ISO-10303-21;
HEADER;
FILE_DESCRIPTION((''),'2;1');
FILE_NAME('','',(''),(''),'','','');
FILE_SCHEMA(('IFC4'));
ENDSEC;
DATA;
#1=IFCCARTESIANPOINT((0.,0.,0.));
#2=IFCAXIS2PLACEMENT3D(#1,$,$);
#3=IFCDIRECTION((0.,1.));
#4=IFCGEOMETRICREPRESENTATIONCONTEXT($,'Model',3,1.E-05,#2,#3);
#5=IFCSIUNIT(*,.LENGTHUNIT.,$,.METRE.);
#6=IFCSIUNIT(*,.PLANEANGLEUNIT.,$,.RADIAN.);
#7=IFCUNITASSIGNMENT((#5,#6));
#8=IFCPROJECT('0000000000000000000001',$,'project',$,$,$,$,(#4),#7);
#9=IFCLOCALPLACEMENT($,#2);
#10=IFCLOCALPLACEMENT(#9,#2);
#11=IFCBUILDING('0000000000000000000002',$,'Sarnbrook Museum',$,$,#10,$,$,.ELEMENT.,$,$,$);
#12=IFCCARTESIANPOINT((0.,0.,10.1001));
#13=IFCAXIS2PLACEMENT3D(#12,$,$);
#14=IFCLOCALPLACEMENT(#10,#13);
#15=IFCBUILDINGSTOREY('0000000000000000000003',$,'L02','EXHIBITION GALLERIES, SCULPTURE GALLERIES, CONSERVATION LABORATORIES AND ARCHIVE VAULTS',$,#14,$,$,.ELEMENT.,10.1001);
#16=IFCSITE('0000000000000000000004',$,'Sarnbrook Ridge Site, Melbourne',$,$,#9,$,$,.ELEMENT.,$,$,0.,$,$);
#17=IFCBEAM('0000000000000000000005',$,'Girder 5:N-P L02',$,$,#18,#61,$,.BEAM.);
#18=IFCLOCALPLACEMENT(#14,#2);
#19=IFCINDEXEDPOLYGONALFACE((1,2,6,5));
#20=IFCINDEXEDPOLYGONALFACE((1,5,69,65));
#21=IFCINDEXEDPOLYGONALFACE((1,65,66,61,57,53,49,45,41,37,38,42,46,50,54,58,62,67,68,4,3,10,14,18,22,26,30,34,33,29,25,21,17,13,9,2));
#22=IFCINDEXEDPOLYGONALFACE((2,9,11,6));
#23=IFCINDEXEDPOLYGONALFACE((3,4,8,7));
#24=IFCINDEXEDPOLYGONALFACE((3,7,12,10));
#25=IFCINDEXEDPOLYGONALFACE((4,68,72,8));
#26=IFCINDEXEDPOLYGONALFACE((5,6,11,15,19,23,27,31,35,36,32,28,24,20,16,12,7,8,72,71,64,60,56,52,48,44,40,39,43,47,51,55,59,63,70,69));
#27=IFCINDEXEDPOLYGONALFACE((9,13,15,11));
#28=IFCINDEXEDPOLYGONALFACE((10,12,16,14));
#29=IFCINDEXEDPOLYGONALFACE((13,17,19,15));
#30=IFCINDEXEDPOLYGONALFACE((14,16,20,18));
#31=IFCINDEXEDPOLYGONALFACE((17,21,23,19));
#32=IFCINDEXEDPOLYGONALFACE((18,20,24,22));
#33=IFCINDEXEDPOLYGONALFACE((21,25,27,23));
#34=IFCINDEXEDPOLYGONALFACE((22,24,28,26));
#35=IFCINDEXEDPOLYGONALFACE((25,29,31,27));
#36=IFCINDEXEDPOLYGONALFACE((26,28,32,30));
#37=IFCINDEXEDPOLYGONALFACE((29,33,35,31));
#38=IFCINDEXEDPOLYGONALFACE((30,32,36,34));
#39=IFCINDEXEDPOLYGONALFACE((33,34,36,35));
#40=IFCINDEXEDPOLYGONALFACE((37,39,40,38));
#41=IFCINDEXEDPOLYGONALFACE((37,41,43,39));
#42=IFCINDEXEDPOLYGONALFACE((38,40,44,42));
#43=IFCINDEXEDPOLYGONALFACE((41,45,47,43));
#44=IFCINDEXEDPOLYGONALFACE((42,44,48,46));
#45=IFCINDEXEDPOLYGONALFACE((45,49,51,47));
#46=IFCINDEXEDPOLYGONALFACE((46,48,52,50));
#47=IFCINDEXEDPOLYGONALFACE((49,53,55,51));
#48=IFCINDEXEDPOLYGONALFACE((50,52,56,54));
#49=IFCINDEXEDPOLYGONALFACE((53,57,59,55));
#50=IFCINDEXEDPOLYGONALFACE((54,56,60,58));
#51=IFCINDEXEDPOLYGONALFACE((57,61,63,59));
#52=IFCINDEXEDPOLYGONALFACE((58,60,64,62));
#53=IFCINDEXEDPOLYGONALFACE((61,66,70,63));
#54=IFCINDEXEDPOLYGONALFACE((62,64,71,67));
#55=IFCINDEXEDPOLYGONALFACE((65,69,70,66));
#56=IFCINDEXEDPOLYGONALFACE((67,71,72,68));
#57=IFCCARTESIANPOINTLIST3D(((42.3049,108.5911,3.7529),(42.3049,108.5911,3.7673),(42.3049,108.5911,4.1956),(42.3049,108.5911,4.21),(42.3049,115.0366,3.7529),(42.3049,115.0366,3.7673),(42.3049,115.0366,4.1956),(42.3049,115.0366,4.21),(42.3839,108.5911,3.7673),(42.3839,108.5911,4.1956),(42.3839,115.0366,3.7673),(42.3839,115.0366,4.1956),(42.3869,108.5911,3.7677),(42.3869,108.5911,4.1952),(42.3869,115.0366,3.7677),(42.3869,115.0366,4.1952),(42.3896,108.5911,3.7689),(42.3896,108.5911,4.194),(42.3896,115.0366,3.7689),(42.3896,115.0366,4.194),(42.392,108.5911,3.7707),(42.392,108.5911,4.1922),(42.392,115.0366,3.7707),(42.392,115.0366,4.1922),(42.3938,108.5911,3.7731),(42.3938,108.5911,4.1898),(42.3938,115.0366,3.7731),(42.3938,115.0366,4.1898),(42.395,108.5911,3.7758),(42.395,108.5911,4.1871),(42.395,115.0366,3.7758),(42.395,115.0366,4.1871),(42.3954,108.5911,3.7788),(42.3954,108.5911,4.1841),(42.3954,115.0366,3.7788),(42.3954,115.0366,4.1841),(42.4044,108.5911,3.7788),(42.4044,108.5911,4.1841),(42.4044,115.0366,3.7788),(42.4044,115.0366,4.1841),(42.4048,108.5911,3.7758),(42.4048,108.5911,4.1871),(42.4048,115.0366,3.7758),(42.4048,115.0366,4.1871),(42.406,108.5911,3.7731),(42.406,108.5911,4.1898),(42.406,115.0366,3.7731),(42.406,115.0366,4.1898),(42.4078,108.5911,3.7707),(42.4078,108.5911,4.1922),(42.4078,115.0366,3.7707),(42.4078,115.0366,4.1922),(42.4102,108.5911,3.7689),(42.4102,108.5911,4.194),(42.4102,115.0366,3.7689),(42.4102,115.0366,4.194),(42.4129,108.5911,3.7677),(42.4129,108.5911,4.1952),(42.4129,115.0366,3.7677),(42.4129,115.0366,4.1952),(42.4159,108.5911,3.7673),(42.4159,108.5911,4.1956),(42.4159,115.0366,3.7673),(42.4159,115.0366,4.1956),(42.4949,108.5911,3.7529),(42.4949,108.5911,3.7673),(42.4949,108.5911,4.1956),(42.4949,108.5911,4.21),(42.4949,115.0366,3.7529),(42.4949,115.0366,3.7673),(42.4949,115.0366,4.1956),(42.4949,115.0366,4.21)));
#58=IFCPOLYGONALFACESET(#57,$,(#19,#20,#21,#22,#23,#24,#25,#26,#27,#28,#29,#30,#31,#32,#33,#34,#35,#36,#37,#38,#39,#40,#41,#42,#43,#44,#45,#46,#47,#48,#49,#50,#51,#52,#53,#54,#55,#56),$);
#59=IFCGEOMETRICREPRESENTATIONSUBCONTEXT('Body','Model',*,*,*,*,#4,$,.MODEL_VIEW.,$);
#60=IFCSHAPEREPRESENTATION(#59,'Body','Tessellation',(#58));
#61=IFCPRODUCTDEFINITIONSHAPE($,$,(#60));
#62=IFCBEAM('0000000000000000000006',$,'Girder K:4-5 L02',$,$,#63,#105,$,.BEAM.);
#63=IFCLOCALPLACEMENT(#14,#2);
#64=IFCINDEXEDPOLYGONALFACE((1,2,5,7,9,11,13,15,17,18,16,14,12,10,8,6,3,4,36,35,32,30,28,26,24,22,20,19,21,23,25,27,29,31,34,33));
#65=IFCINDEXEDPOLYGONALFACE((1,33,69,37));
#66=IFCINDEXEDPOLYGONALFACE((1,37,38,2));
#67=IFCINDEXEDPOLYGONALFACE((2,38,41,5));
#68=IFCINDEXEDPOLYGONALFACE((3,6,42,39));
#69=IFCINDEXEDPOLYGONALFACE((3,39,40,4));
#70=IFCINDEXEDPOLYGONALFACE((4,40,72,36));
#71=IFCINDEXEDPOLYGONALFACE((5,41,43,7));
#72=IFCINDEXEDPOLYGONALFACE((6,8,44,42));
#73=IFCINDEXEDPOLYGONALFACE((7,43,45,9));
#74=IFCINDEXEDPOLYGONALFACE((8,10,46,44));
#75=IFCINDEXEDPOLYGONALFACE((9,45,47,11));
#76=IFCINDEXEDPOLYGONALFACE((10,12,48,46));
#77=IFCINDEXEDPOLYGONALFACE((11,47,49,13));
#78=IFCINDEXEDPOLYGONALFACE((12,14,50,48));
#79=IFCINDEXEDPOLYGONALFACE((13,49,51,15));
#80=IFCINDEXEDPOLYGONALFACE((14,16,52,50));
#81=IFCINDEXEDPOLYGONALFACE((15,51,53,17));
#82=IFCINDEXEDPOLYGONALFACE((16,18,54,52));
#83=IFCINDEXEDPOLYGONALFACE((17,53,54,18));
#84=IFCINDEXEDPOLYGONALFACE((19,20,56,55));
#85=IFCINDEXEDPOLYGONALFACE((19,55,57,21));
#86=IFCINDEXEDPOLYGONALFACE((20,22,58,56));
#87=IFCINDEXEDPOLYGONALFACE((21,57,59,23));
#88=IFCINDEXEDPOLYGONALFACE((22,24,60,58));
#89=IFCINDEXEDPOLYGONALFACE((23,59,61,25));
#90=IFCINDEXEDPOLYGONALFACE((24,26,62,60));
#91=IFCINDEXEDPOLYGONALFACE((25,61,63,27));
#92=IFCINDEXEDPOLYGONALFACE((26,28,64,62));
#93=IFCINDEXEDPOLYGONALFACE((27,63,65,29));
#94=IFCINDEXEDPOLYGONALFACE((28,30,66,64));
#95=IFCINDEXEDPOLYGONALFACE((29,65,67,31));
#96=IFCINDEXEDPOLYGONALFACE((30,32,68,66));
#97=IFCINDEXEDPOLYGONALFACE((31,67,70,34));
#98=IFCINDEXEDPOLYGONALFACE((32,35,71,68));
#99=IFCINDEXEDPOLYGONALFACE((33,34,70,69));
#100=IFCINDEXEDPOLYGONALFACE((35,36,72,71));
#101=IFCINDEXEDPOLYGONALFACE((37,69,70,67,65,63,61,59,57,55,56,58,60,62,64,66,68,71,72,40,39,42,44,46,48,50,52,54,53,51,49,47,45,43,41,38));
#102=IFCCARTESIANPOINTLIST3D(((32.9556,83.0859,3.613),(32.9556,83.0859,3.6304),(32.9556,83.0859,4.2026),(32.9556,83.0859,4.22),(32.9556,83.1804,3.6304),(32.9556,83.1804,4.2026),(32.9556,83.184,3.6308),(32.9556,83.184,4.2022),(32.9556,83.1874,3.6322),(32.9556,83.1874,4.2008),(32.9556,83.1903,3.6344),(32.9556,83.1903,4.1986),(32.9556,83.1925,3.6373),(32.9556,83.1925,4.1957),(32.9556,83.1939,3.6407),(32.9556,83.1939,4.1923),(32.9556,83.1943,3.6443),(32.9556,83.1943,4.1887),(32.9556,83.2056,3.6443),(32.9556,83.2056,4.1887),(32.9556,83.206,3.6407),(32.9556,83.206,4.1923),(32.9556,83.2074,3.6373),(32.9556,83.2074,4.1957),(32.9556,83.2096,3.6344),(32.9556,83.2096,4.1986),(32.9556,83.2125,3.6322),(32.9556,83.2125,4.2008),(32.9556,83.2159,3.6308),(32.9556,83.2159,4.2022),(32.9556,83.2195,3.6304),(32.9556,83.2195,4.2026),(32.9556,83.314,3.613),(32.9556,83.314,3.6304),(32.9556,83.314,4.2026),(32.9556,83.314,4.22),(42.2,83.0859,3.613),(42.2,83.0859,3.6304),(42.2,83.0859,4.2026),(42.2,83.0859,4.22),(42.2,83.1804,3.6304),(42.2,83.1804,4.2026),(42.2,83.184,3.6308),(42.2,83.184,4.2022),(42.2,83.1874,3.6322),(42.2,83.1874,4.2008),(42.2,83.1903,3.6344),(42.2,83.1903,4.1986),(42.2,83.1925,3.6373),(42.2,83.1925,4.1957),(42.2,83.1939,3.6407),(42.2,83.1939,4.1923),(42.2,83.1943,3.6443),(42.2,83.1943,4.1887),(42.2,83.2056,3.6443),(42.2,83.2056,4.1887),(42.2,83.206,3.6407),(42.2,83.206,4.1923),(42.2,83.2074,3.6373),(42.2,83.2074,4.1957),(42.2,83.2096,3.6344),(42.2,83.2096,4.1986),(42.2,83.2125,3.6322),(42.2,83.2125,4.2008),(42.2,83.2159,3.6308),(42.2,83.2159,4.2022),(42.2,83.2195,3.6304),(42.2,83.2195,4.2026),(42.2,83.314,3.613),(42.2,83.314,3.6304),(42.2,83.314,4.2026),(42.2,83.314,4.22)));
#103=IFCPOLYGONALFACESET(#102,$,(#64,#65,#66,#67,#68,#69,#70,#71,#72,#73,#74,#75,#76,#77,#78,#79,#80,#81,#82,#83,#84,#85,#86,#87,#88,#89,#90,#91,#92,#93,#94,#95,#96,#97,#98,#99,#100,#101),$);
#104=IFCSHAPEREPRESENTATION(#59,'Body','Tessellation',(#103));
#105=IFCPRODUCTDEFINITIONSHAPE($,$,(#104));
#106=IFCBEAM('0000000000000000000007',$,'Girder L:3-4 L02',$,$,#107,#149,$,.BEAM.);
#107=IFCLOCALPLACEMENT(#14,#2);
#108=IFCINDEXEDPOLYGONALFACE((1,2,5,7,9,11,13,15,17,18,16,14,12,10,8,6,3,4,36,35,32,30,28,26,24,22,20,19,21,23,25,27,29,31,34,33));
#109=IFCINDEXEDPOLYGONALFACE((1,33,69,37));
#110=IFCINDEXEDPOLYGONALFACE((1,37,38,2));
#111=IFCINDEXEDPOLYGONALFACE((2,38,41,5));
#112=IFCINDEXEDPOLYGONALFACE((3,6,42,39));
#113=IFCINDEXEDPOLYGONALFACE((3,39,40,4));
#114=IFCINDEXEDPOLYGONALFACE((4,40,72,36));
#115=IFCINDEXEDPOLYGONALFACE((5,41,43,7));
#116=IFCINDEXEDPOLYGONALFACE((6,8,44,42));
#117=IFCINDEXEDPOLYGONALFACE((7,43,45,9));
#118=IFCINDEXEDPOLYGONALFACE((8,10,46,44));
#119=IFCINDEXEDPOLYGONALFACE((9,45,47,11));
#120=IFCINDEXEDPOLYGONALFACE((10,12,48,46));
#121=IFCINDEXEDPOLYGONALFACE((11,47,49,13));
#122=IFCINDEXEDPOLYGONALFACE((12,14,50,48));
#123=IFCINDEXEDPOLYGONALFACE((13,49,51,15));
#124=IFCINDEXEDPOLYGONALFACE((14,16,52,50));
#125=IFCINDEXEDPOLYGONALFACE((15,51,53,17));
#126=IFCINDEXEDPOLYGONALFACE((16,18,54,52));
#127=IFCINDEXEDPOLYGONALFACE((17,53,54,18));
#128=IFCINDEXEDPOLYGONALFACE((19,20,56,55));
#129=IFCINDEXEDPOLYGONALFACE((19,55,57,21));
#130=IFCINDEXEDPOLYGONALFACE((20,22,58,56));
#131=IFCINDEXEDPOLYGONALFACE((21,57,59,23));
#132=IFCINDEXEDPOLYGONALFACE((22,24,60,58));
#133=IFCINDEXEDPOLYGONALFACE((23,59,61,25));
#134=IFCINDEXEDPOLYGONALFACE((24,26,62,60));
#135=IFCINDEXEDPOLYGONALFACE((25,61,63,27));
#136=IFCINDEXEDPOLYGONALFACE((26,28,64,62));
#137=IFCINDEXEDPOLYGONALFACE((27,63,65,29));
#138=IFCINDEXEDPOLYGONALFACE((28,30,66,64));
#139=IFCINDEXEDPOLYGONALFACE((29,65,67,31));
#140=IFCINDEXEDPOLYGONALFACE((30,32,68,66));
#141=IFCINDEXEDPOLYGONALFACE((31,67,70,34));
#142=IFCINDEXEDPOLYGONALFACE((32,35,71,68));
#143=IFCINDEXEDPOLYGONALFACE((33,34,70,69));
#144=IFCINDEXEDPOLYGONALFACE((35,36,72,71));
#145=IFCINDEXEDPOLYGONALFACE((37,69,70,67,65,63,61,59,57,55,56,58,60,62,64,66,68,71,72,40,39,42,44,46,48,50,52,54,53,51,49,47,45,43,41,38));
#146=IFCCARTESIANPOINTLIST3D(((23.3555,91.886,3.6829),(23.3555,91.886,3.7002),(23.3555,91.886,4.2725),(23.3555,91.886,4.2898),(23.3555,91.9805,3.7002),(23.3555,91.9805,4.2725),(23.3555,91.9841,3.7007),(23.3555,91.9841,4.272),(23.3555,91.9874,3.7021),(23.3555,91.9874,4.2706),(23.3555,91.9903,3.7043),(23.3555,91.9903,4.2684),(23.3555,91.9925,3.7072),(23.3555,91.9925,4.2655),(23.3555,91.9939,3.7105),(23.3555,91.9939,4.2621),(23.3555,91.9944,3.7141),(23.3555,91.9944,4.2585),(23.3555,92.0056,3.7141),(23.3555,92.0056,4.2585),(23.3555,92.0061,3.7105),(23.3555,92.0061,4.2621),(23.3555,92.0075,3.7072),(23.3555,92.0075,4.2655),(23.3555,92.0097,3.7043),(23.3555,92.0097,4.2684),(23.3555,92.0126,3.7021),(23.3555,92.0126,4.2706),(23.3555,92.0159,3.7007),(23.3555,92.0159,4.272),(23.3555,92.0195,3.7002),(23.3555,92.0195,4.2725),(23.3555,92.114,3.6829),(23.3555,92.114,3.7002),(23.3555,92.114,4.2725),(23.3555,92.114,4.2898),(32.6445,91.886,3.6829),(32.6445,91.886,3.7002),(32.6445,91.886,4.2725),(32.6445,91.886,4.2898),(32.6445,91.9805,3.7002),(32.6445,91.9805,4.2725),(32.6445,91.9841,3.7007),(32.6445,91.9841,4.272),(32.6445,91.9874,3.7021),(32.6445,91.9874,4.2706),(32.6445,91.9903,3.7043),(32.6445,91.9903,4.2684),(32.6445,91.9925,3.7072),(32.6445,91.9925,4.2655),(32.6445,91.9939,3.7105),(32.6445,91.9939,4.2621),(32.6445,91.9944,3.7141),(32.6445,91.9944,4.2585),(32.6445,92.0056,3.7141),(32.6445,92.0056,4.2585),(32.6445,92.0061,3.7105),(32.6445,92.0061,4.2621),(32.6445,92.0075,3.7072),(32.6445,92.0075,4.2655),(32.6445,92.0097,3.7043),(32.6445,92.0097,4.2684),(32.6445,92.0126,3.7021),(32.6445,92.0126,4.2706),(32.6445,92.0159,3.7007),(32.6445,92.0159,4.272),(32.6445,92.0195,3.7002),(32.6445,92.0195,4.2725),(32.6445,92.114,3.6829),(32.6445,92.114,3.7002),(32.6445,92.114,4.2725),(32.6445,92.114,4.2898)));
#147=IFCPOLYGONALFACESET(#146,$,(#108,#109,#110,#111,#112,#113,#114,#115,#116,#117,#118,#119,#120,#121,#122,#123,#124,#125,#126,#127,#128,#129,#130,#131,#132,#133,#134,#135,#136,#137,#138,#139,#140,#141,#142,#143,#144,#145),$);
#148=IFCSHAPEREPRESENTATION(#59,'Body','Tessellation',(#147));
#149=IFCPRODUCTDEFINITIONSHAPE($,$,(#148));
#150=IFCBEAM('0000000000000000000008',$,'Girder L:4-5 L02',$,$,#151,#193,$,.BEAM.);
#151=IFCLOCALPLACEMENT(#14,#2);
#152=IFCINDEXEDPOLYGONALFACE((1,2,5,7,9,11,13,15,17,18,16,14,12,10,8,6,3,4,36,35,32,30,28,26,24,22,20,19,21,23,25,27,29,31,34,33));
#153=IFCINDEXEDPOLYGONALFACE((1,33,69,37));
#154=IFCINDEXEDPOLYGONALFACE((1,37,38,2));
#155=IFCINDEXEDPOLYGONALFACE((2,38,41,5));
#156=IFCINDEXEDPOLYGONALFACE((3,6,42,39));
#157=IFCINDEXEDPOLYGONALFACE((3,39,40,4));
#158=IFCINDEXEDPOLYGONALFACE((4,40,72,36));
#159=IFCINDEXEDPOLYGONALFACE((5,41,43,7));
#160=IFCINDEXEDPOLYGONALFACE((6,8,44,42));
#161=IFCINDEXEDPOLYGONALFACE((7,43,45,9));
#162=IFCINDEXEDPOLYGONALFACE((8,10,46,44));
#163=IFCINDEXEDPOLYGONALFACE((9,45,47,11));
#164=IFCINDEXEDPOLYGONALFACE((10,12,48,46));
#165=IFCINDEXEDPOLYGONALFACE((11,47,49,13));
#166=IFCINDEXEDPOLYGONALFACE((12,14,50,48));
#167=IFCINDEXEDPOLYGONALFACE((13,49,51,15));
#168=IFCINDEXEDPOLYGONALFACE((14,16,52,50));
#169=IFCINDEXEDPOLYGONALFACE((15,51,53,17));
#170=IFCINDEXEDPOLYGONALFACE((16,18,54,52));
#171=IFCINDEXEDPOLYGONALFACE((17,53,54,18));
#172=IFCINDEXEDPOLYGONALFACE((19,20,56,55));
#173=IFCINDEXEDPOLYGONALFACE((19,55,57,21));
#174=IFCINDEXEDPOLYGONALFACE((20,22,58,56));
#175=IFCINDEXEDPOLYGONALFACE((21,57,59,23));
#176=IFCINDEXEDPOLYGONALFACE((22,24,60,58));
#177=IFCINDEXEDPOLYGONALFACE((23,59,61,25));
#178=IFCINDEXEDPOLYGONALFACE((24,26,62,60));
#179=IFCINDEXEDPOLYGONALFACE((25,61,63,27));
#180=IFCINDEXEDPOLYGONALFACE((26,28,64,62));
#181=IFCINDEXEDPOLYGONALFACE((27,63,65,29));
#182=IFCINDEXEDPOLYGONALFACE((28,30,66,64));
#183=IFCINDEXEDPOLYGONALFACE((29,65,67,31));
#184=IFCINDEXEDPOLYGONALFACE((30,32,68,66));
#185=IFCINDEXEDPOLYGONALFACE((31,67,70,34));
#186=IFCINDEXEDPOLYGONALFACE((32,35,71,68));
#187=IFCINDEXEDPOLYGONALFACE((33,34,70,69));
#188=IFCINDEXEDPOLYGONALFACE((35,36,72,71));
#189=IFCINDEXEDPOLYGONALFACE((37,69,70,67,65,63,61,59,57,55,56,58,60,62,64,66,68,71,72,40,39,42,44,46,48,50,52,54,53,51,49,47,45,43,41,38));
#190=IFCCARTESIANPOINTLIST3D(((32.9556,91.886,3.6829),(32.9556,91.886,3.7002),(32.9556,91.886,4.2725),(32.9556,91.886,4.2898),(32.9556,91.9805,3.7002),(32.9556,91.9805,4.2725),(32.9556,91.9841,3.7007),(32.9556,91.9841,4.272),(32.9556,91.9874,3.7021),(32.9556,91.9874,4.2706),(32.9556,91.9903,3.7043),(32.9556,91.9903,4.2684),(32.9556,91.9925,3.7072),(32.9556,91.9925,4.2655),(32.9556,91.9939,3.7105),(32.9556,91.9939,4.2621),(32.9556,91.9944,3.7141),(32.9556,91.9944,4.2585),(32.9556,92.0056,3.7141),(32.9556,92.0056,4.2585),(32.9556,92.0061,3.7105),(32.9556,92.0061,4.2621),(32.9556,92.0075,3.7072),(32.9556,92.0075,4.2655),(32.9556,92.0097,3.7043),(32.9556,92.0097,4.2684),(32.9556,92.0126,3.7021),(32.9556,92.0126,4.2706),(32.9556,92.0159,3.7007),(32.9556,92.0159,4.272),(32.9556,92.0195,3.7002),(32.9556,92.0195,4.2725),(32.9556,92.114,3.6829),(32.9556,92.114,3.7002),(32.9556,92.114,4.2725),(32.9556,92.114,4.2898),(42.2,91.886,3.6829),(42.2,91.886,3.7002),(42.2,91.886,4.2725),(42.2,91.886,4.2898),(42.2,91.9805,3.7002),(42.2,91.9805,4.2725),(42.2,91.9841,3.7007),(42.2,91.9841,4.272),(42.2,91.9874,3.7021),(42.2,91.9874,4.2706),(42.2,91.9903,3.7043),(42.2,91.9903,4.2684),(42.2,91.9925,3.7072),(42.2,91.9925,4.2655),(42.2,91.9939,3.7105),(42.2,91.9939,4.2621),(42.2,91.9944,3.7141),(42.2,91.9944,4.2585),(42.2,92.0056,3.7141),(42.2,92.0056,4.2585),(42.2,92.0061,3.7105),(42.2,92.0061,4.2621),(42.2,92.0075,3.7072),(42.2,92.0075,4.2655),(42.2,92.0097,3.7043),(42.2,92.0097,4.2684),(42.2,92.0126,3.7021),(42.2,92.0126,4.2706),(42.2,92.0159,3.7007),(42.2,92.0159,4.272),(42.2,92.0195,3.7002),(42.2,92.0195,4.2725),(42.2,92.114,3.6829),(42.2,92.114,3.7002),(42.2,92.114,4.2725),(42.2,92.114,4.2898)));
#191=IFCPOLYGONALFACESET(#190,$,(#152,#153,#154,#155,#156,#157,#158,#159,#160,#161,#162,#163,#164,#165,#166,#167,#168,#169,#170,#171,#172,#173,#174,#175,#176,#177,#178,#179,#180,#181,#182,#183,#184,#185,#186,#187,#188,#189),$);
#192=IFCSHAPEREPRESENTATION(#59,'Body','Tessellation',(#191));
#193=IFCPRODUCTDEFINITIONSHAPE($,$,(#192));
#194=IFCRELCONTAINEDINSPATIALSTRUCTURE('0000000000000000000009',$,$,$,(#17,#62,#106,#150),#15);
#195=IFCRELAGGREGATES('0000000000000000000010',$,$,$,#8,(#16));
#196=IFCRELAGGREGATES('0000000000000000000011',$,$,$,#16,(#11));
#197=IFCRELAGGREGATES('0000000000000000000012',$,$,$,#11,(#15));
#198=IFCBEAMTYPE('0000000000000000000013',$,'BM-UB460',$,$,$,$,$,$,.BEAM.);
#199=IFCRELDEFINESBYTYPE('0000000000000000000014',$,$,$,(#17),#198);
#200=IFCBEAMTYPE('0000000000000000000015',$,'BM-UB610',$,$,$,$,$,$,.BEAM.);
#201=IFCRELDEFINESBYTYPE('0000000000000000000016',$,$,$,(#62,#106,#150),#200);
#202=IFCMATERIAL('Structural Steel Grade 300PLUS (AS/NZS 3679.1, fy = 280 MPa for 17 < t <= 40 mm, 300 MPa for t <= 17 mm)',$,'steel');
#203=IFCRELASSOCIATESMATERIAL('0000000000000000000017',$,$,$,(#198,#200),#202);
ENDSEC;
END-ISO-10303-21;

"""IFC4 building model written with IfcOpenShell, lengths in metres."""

from ifc_helpers import new_model, si_unit, direction, frame, origin, origin_2d, place, context, subcontext, project, spatial, i_section, extrude, material, material_profile, profile_set, type_object, element, save


model = new_model("IFC4")

# Units and contexts
model_context = context("Model", 3, precision=1e-05, world=origin(), true_north=direction((0.0, 1.0)))
body_context = subcontext(model_context, "Body", "Model", "MODEL_VIEW")
ifc_project = project(units=[si_unit("LENGTHUNIT", "METRE"), si_unit("PLANEANGLEUNIT", "RADIAN")], contexts=[model_context])

# Site, building, storey
site_placement = place(None, origin())
site = spatial("IfcSite", under=ifc_project, at=site_placement, Name="Sarnbrook Ridge Site, Melbourne", CompositionType="ELEMENT", RefElevation=0.0)
building_placement = place(site_placement, origin())
building = spatial("IfcBuilding", under=site, at=building_placement, Name="Sarnbrook Museum", CompositionType="ELEMENT")
storey_placement = place(building_placement, frame((0.0, 0.0, 10.1001)))
storey = spatial("IfcBuildingStorey", under=building, at=storey_placement, Name="L02", Description="EXHIBITION GALLERIES, SCULPTURE GALLERIES, CONSERVATION LABORATORIES AND ARCHIVE VAULTS", CompositionType="ELEMENT", Elevation=10.1001)

# Shared definitions
ifc_material_1 = material(Name="Structural Steel Grade 300PLUS (AS/NZS 3679.1, fy = 280 MPa for 17 < t <= 40 mm, 300 MPa for t <= 17 mm)", Category="steel")

# Beams
ifc_material_profile_1 = material_profile(ifc_material_1, i_section(OverallWidth=0.1899, OverallDepth=0.457, WebThickness=0.009, FlangeThickness=0.0144, FilletRadius=0.0115, at=origin_2d()), Name="460UB74.6")
ifc_profile_set_1 = profile_set([ifc_material_profile_1], Name="Structural Steel Grade 300PLUS (AS/NZS 3679.1, fy = 280 MPa for 17 < t <= 40 mm, 300 MPa for t <= 17 mm)")
beam_type_1 = type_object("IfcBeamType", Name="BM-UB460", PredefinedType="BEAM", material=ifc_profile_set_1)
beam_1_placement = place(storey_placement, frame((42.3999, 108.5911, 3.9814), z_axis=(0.0, 1.0, 0.0), x_axis=(-1.0, 0.0, 0.0)))
element("IfcBeam", 1, at=beam_1_placement, inside=storey, type_object=beam_type_1, Name="Girder 5:N-P L02", PredefinedType="BEAM", context=body_context, shape_type="SweptSolid", body=[
    extrude(i_section(OverallWidth=0.1899, OverallDepth=0.457, WebThickness=0.009, FlangeThickness=0.0144, FilletRadius=0.0115, at=origin_2d()), origin(), (0.0, 0.0, 1.0), 6.4456),
])
ifc_material_profile_2 = material_profile(ifc_material_1, i_section(OverallWidth=0.228, OverallDepth=0.6069, WebThickness=0.0112, FlangeThickness=0.0173, FilletRadius=0.0139, at=origin_2d()), Name="610UB113")
ifc_profile_set_2 = profile_set([ifc_material_profile_2], Name="Structural Steel Grade 300PLUS (AS/NZS 3679.1, fy = 280 MPa for 17 < t <= 40 mm, 300 MPa for t <= 17 mm)")
beam_type_2 = type_object("IfcBeamType", Name="BM-UB610", PredefinedType="BEAM", material=ifc_profile_set_2)
beam_2_placement = place(storey_placement, frame((32.9556, 83.2, 3.9165), z_axis=(1.0, 0.0, 0.0), x_axis=(0.0, 1.0, 0.0)))
element("IfcBeam", 2, at=beam_2_placement, inside=storey, type_object=beam_type_2, Name="Girder K:4-5 L02", PredefinedType="BEAM", context=body_context, shape_type="SweptSolid", body=[
    extrude(i_section(OverallWidth=0.228, OverallDepth=0.6069, WebThickness=0.0112, FlangeThickness=0.0173, FilletRadius=0.0139, at=origin_2d()), origin(), (0.0, 0.0, 1.0), 9.2444),
])
beam_3_placement = place(storey_placement, frame((23.3555, 92.0, 3.9863), z_axis=(1.0, 0.0, 0.0), x_axis=(0.0, 1.0, 0.0)))
element("IfcBeam", 3, at=beam_3_placement, inside=storey, type_object=beam_type_2, Name="Girder L:3-4 L02", PredefinedType="BEAM", context=body_context, shape_type="SweptSolid", body=[
    extrude(i_section(OverallWidth=0.228, OverallDepth=0.6069, WebThickness=0.0112, FlangeThickness=0.0173, FilletRadius=0.0139, at=origin_2d()), origin(), (0.0, 0.0, 1.0), 9.2891),
])
beam_4_placement = place(storey_placement, frame((32.9556, 92.0, 3.9863), z_axis=(1.0, 0.0, 0.0), x_axis=(0.0, 1.0, 0.0)))
element("IfcBeam", 4, at=beam_4_placement, inside=storey, type_object=beam_type_2, Name="Girder L:4-5 L02", PredefinedType="BEAM", context=body_context, shape_type="SweptSolid", body=[
    extrude(i_section(OverallWidth=0.228, OverallDepth=0.6069, WebThickness=0.0112, FlangeThickness=0.0173, FilletRadius=0.0139, at=origin_2d()), origin(), (0.0, 0.0, 1.0), 9.2444),
])

save(model, "model.ifc")
